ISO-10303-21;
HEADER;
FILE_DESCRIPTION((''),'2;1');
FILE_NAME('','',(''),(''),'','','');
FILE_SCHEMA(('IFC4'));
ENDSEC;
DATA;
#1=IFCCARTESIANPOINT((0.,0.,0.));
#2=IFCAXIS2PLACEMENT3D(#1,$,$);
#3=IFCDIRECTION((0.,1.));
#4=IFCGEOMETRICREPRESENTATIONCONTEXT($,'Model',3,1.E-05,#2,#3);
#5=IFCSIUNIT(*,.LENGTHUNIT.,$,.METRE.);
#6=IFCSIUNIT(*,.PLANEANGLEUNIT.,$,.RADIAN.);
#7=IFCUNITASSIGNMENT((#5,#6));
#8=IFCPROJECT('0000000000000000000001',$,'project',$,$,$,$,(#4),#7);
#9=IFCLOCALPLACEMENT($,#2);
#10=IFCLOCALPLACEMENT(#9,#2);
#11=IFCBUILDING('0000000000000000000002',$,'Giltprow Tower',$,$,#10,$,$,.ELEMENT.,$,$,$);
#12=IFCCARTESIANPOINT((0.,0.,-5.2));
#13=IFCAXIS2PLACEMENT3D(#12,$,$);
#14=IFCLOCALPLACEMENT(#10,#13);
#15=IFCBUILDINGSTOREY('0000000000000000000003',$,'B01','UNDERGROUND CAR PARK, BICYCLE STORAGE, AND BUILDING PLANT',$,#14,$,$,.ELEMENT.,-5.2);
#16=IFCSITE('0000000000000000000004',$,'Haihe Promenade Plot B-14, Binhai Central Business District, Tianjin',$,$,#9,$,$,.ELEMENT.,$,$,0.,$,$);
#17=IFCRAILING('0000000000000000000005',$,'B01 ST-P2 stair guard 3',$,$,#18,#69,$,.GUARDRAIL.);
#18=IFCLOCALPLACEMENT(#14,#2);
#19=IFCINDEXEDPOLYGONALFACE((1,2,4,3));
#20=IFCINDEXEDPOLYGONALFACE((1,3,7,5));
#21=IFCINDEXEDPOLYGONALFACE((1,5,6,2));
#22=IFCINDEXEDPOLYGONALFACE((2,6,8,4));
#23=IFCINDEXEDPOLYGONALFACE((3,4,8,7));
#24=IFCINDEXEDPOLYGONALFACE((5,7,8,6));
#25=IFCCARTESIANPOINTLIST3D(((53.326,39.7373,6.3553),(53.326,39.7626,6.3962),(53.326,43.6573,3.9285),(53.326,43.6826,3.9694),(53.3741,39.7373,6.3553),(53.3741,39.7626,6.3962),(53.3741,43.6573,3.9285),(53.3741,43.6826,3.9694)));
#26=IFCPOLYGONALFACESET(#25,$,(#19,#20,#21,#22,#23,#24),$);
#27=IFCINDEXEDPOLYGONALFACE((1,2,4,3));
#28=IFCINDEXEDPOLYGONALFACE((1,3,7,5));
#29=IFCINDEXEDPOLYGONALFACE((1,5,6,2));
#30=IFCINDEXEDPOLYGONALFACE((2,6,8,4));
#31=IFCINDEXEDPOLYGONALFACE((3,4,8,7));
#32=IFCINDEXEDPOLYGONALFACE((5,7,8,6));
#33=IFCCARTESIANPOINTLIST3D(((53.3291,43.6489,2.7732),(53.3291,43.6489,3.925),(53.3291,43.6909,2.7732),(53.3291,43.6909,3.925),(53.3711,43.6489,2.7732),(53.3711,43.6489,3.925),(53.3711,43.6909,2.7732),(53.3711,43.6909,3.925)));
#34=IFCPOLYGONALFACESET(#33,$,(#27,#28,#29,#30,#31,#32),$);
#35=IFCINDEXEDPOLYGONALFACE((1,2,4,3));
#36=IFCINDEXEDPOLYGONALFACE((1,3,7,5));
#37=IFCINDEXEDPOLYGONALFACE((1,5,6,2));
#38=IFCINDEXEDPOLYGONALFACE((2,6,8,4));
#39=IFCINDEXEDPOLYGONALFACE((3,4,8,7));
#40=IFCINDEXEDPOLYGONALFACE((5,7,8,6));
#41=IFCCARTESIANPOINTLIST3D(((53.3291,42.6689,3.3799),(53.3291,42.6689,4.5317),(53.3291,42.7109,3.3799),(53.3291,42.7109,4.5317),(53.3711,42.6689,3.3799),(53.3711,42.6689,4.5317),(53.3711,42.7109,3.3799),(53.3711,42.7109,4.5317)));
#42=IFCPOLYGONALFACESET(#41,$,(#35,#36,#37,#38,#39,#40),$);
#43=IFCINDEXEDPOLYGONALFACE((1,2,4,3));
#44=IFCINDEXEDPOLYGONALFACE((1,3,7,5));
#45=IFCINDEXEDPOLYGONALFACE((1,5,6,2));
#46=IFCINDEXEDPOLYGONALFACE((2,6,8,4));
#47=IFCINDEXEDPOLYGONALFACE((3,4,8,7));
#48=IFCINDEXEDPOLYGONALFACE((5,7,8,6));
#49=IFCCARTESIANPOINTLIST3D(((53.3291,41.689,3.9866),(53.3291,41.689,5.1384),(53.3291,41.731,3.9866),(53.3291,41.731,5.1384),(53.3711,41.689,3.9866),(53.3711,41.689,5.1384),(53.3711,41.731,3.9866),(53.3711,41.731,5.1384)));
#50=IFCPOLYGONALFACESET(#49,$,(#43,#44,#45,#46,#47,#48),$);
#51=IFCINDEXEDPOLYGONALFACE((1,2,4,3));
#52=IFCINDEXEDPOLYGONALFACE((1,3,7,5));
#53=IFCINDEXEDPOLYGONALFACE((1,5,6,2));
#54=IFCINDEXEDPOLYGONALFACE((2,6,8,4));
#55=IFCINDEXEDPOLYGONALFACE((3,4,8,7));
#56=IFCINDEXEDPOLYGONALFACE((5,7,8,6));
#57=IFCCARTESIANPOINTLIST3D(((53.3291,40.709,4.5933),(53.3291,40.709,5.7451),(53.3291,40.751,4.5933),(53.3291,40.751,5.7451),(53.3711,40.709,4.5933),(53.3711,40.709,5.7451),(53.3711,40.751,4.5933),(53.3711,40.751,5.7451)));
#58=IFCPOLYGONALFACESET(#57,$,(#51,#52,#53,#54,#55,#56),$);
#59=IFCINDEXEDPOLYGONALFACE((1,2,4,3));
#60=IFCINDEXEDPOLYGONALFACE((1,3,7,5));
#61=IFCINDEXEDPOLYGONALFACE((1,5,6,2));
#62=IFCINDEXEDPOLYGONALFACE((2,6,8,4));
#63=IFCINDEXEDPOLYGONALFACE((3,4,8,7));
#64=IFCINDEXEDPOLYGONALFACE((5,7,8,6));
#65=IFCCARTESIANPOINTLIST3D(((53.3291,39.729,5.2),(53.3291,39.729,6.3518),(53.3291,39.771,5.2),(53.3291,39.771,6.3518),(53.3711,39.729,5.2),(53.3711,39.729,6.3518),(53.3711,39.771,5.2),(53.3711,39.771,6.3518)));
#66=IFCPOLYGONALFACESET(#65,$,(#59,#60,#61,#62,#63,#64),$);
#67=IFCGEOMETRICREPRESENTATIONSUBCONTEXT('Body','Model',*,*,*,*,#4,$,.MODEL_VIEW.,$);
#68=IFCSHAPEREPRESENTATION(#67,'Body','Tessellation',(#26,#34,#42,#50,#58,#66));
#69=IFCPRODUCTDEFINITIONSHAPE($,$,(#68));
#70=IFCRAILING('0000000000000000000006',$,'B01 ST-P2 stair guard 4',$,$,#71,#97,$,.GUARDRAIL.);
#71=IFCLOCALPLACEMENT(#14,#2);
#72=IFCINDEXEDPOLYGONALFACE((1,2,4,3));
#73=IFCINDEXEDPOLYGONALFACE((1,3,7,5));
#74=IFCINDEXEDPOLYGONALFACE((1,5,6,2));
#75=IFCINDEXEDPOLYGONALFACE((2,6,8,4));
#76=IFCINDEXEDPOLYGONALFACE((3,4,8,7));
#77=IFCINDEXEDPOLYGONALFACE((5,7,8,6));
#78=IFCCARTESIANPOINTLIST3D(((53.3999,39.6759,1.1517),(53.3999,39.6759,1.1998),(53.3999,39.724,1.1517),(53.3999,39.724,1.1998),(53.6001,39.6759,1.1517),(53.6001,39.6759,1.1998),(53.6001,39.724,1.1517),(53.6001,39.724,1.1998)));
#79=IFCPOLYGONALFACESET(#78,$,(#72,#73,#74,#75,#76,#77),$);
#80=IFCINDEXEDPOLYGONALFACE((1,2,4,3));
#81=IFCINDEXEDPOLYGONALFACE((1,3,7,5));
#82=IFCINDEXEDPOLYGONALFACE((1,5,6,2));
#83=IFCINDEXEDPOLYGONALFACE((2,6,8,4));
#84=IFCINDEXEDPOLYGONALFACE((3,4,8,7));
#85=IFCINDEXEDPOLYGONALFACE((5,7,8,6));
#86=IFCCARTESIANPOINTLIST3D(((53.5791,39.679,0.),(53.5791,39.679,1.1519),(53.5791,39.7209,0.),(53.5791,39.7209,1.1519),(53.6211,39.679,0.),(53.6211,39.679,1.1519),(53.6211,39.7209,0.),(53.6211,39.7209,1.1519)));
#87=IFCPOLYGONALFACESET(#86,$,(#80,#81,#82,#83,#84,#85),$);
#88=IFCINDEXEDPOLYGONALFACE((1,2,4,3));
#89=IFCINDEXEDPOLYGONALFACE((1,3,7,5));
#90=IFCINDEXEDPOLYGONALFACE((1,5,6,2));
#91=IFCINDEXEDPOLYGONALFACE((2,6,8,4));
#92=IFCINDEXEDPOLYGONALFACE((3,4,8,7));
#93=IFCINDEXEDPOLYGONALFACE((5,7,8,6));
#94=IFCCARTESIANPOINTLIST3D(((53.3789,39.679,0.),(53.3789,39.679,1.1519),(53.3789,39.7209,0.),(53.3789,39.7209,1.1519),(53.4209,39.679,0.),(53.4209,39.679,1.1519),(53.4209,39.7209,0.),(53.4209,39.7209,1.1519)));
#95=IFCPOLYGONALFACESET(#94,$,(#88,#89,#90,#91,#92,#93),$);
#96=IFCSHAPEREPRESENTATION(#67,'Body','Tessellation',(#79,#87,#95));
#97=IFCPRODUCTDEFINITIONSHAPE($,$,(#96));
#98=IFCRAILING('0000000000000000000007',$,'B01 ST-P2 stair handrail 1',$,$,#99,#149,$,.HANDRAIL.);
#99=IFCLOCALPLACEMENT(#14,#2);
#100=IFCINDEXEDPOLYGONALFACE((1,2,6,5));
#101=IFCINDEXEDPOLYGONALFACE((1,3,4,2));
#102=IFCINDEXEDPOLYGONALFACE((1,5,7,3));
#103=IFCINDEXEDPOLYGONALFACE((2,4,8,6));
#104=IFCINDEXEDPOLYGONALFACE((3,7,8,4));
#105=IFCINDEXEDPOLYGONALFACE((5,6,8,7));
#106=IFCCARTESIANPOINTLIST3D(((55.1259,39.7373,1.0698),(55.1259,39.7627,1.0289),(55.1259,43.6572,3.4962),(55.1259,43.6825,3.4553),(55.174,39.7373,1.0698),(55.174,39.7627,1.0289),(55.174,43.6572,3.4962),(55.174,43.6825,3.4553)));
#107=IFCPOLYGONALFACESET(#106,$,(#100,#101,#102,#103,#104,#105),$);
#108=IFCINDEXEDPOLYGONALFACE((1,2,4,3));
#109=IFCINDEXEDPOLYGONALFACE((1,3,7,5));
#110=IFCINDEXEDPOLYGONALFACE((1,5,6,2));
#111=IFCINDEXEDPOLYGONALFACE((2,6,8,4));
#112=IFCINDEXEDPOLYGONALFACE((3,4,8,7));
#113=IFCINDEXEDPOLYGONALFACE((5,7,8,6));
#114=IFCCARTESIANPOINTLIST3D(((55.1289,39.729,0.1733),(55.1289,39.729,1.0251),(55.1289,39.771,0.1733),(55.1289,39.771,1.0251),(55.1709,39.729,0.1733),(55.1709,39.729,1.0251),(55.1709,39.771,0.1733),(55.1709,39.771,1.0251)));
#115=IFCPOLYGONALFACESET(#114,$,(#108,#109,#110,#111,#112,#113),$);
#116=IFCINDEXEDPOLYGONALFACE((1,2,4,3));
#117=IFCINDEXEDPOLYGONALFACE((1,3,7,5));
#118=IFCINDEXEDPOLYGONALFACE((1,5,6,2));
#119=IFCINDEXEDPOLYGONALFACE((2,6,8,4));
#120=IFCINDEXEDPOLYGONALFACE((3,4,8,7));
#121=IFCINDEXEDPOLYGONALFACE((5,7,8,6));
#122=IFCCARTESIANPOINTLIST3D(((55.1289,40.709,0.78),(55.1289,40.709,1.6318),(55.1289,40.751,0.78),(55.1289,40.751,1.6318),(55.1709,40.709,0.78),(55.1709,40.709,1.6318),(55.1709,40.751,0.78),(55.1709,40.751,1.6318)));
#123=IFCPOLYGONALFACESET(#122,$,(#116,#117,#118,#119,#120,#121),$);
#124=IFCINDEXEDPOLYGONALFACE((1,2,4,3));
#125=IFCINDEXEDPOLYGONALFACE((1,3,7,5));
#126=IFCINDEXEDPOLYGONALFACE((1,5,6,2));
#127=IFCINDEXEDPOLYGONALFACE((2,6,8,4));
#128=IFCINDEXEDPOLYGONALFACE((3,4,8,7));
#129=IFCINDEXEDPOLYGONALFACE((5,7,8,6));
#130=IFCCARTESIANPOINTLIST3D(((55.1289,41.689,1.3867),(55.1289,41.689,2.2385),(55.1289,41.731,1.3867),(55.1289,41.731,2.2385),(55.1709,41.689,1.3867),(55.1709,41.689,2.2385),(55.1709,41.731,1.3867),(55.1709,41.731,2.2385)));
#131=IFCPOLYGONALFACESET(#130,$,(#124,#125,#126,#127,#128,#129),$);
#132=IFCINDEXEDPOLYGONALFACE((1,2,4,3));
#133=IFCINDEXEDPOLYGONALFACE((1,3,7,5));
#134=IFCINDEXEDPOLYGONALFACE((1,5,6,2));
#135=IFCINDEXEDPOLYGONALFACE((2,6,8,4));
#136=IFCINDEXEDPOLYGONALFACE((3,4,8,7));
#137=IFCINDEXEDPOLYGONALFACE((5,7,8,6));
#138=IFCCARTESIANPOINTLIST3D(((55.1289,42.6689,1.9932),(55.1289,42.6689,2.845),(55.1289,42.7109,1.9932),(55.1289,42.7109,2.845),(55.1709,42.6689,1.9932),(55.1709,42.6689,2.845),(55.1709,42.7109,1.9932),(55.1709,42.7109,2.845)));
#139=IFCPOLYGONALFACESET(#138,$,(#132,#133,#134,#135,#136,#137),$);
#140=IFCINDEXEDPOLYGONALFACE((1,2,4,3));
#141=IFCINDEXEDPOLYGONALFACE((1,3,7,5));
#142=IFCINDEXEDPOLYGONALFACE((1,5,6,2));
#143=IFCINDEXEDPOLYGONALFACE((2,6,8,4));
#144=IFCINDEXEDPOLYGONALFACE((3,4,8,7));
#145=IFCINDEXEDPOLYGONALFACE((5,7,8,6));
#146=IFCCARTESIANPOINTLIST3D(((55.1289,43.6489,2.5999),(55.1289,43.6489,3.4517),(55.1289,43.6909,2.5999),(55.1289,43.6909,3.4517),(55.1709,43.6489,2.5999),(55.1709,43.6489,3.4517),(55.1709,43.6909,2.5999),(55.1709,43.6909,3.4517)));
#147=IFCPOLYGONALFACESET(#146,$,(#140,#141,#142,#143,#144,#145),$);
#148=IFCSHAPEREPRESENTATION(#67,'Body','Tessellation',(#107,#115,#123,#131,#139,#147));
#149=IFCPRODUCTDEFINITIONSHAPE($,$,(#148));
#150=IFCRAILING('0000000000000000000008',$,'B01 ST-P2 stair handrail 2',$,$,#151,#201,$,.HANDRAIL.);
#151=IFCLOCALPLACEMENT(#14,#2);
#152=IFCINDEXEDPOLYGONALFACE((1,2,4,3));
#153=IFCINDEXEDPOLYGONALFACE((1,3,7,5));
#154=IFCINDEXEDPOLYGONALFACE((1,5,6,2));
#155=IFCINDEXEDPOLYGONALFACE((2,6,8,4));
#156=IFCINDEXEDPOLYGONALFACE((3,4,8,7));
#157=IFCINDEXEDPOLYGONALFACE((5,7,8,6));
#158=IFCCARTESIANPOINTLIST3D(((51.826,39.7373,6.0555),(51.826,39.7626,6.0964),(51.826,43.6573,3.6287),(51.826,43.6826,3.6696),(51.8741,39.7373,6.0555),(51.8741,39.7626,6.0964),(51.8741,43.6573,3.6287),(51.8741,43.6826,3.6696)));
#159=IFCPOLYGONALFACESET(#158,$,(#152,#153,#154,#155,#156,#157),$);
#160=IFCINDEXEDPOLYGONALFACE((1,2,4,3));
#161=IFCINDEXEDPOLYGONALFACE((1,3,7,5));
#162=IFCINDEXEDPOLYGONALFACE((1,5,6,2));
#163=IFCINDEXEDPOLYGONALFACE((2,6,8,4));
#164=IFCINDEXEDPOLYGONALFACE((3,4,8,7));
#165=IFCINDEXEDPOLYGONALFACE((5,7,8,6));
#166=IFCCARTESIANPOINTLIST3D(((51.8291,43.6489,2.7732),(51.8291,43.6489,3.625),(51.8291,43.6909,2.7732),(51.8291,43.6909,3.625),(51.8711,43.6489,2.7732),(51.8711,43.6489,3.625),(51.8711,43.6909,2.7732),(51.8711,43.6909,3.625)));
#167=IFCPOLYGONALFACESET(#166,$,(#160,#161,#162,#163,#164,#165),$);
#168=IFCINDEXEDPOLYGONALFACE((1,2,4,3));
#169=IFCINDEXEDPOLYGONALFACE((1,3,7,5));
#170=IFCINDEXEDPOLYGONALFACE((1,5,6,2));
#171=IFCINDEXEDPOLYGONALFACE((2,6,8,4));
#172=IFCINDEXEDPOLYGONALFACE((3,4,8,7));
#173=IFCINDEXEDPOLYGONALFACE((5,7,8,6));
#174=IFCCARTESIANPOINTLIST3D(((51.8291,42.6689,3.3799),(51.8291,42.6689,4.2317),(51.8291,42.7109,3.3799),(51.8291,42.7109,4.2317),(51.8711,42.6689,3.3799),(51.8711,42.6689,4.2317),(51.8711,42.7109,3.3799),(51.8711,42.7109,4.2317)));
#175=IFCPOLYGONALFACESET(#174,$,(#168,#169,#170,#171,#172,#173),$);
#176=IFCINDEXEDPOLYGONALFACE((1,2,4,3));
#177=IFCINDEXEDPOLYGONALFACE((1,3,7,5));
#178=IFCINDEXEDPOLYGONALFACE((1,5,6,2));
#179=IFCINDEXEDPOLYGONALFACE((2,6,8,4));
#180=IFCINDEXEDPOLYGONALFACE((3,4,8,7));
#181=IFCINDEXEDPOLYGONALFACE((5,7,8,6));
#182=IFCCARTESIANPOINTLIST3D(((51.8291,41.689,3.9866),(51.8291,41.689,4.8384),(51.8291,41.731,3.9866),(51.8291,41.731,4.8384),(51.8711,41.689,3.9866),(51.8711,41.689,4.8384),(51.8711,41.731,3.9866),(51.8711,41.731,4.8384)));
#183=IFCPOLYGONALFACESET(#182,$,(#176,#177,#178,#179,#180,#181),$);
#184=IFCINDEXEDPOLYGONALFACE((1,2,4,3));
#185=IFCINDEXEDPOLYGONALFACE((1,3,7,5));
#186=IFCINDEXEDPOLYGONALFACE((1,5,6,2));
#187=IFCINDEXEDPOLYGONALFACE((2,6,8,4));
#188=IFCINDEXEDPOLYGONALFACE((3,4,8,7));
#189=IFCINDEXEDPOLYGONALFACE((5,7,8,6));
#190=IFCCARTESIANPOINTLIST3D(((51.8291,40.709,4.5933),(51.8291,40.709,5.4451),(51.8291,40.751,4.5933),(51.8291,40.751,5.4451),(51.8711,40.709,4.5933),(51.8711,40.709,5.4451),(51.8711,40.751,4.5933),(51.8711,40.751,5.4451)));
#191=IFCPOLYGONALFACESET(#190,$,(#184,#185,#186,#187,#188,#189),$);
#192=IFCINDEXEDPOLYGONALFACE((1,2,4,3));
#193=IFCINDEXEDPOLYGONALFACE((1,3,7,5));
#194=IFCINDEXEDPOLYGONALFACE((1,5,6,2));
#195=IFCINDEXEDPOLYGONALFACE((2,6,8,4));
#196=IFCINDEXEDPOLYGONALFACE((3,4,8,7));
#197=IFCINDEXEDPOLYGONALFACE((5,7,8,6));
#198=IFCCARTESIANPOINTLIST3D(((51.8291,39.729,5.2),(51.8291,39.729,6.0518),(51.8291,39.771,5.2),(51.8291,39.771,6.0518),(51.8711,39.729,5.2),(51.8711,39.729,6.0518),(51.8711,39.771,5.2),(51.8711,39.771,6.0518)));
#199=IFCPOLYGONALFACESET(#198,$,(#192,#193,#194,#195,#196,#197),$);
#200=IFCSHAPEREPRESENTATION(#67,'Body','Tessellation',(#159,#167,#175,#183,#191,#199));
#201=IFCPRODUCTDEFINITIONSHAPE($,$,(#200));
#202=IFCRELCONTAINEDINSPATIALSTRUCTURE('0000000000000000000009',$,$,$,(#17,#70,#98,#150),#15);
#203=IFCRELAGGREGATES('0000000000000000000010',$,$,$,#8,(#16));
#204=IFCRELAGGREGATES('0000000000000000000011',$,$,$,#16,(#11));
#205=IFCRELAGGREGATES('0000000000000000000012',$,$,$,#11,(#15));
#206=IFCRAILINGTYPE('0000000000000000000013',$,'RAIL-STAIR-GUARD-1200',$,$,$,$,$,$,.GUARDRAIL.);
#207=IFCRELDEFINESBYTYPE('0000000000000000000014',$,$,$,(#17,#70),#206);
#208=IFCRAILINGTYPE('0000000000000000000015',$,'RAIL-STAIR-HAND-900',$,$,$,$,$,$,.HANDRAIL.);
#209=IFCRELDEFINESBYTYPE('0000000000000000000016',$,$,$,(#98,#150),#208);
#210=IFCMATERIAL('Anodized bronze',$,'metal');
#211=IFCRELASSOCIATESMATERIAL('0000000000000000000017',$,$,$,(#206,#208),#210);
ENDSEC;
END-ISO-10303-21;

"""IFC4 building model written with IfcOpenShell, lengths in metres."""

from ifc_helpers import new_model, si_unit, direction, frame, origin, origin_2d, place, context, subcontext, project, spatial, rectangle, extrude, material, type_object, element, save


model = new_model("IFC4")

# Units and contexts
model_context = context("Model", 3, precision=1e-05, world=origin(), true_north=direction((0.0, 1.0)))
body_context = subcontext(model_context, "Body", "Model", "MODEL_VIEW")
ifc_project = project(units=[si_unit("LENGTHUNIT", "METRE"), si_unit("PLANEANGLEUNIT", "RADIAN")], contexts=[model_context])

# Site, building, storey
site_placement = place(None, origin())
site = spatial("IfcSite", under=ifc_project, at=site_placement, Name="Haihe Promenade Plot B-14, Binhai Central Business District, Tianjin", CompositionType="ELEMENT", RefElevation=0.0)
building_placement = place(site_placement, origin())
building = spatial("IfcBuilding", under=site, at=building_placement, Name="Giltprow Tower", CompositionType="ELEMENT")
storey_placement = place(building_placement, frame((0.0, 0.0, -5.2)))
storey = spatial("IfcBuildingStorey", under=building, at=storey_placement, Name="B01", Description="UNDERGROUND CAR PARK, BICYCLE STORAGE, AND BUILDING PLANT", CompositionType="ELEMENT", Elevation=-5.2)

# Railings
ifc_material_1 = material(Name="Anodized bronze", Category="metal")
railing_type_1 = type_object("IfcRailingType", Name="RAIL-STAIR-GUARD-1200", PredefinedType="GUARDRAIL", material=ifc_material_1)
railing_1_placement = place(storey_placement, frame((53.3501, 43.6699, 2.7732)))
element("IfcRailing", 1, at=railing_1_placement, inside=storey, type_object=railing_type_1, Name="B01 ST-P2 stair guard 3", PredefinedType="GUARDRAIL", context=body_context, shape_type="SweptSolid", body=[
    extrude(rectangle(XDim=0.0481, YDim=0.0481, at=origin_2d()), frame((0.0, 0.0, 1.1758), z_axis=(0.0, -0.850252, 0.526376), x_axis=(1.0, 0.0, 0.0)), (0.0, 0.0, 1.0), 4.6104),
    extrude(rectangle(XDim=0.042, YDim=0.042, at=origin_2d()), origin(), (0.0, 0.0, 1.0), 1.1519),
    extrude(rectangle(XDim=0.042, YDim=0.042, at=origin_2d()), frame((0.0, -0.98, 0.6067)), (0.0, 0.0, 1.0), 1.1519),
    extrude(rectangle(XDim=0.042, YDim=0.042, at=origin_2d()), frame((0.0, -1.96, 1.2134)), (0.0, 0.0, 1.0), 1.1519),
    extrude(rectangle(XDim=0.042, YDim=0.042, at=origin_2d()), frame((0.0, -2.9399, 1.8201)), (0.0, 0.0, 1.0), 1.1519),
    extrude(rectangle(XDim=0.042, YDim=0.042, at=origin_2d()), frame((0.0, -3.9199, 2.4268)), (0.0, 0.0, 1.0), 1.1519),
])
railing_2_placement = place(storey_placement, frame((53.6001, 39.7, 0.0)))
element("IfcRailing", 2, at=railing_2_placement, inside=storey, type_object=railing_type_1, Name="B01 ST-P2 stair guard 4", PredefinedType="GUARDRAIL", context=body_context, shape_type="SweptSolid", body=[
    extrude(rectangle(XDim=0.0481, YDim=0.0481, at=origin_2d()), frame((0.0, 0.0, 1.1758), z_axis=(-1.0, 0.0, 0.0), x_axis=(0.0, -1.0, 0.0)), (0.0, 0.0, 1.0), 0.2002),
    extrude(rectangle(XDim=0.042, YDim=0.042, at=origin_2d()), origin(), (0.0, 0.0, 1.0), 1.1519),
    extrude(rectangle(XDim=0.042, YDim=0.042, at=origin_2d()), frame((-0.2002, 0.0, 0.0)), (0.0, 0.0, 1.0), 1.1519),
])
railing_type_2 = type_object("IfcRailingType", Name="RAIL-STAIR-HAND-900", PredefinedType="HANDRAIL", material=ifc_material_1)
railing_3_placement = place(storey_placement, frame((55.1499, 39.75, 0.1733)))
element("IfcRailing", 3, at=railing_3_placement, inside=storey, type_object=railing_type_2, Name="B01 ST-P2 stair handrail 1", PredefinedType="HANDRAIL", context=body_context, shape_type="SweptSolid", body=[
    extrude(rectangle(XDim=0.0481, YDim=0.0481, at=origin_2d()), frame((0.0, 0.0, 0.876), z_axis=(0.0, 0.850275, 0.526338), x_axis=(-1.0, 0.0, 0.0)), (0.0, 0.0, 1.0), 4.6101),
    extrude(rectangle(XDim=0.042, YDim=0.042, at=origin_2d()), origin(), (0.0, 0.0, 1.0), 0.8518),
    extrude(rectangle(XDim=0.042, YDim=0.042, at=origin_2d()), frame((0.0, 0.98, 0.6067)), (0.0, 0.0, 1.0), 0.8518),
    extrude(rectangle(XDim=0.042, YDim=0.042, at=origin_2d()), frame((0.0, 1.96, 1.2134)), (0.0, 0.0, 1.0), 0.8518),
    extrude(rectangle(XDim=0.042, YDim=0.042, at=origin_2d()), frame((0.0, 2.9399, 1.8198)), (0.0, 0.0, 1.0), 0.8518),
    extrude(rectangle(XDim=0.042, YDim=0.042, at=origin_2d()), frame((0.0, 3.9199, 2.4265)), (0.0, 0.0, 1.0), 0.8518),
])
railing_4_placement = place(storey_placement, frame((51.8501, 43.6699, 2.7732)))
element("IfcRailing", 4, at=railing_4_placement, inside=storey, type_object=railing_type_2, Name="B01 ST-P2 stair handrail 2", PredefinedType="HANDRAIL", context=body_context, shape_type="SweptSolid", body=[
    extrude(rectangle(XDim=0.0481, YDim=0.0481, at=origin_2d()), frame((0.0, 0.0, 0.876), z_axis=(0.0, -0.850252, 0.526376), x_axis=(1.0, 0.0, 0.0)), (0.0, 0.0, 1.0), 4.6104),
    extrude(rectangle(XDim=0.042, YDim=0.042, at=origin_2d()), origin(), (0.0, 0.0, 1.0), 0.8518),
    extrude(rectangle(XDim=0.042, YDim=0.042, at=origin_2d()), frame((0.0, -0.98, 0.6067)), (0.0, 0.0, 1.0), 0.8518),
    extrude(rectangle(XDim=0.042, YDim=0.042, at=origin_2d()), frame((0.0, -1.96, 1.2134)), (0.0, 0.0, 1.0), 0.8518),
    extrude(rectangle(XDim=0.042, YDim=0.042, at=origin_2d()), frame((0.0, -2.9399, 1.8201)), (0.0, 0.0, 1.0), 0.8518),
    extrude(rectangle(XDim=0.042, YDim=0.042, at=origin_2d()), frame((0.0, -3.9199, 2.4268)), (0.0, 0.0, 1.0), 0.8518),
])

save(model, "model.ifc")
